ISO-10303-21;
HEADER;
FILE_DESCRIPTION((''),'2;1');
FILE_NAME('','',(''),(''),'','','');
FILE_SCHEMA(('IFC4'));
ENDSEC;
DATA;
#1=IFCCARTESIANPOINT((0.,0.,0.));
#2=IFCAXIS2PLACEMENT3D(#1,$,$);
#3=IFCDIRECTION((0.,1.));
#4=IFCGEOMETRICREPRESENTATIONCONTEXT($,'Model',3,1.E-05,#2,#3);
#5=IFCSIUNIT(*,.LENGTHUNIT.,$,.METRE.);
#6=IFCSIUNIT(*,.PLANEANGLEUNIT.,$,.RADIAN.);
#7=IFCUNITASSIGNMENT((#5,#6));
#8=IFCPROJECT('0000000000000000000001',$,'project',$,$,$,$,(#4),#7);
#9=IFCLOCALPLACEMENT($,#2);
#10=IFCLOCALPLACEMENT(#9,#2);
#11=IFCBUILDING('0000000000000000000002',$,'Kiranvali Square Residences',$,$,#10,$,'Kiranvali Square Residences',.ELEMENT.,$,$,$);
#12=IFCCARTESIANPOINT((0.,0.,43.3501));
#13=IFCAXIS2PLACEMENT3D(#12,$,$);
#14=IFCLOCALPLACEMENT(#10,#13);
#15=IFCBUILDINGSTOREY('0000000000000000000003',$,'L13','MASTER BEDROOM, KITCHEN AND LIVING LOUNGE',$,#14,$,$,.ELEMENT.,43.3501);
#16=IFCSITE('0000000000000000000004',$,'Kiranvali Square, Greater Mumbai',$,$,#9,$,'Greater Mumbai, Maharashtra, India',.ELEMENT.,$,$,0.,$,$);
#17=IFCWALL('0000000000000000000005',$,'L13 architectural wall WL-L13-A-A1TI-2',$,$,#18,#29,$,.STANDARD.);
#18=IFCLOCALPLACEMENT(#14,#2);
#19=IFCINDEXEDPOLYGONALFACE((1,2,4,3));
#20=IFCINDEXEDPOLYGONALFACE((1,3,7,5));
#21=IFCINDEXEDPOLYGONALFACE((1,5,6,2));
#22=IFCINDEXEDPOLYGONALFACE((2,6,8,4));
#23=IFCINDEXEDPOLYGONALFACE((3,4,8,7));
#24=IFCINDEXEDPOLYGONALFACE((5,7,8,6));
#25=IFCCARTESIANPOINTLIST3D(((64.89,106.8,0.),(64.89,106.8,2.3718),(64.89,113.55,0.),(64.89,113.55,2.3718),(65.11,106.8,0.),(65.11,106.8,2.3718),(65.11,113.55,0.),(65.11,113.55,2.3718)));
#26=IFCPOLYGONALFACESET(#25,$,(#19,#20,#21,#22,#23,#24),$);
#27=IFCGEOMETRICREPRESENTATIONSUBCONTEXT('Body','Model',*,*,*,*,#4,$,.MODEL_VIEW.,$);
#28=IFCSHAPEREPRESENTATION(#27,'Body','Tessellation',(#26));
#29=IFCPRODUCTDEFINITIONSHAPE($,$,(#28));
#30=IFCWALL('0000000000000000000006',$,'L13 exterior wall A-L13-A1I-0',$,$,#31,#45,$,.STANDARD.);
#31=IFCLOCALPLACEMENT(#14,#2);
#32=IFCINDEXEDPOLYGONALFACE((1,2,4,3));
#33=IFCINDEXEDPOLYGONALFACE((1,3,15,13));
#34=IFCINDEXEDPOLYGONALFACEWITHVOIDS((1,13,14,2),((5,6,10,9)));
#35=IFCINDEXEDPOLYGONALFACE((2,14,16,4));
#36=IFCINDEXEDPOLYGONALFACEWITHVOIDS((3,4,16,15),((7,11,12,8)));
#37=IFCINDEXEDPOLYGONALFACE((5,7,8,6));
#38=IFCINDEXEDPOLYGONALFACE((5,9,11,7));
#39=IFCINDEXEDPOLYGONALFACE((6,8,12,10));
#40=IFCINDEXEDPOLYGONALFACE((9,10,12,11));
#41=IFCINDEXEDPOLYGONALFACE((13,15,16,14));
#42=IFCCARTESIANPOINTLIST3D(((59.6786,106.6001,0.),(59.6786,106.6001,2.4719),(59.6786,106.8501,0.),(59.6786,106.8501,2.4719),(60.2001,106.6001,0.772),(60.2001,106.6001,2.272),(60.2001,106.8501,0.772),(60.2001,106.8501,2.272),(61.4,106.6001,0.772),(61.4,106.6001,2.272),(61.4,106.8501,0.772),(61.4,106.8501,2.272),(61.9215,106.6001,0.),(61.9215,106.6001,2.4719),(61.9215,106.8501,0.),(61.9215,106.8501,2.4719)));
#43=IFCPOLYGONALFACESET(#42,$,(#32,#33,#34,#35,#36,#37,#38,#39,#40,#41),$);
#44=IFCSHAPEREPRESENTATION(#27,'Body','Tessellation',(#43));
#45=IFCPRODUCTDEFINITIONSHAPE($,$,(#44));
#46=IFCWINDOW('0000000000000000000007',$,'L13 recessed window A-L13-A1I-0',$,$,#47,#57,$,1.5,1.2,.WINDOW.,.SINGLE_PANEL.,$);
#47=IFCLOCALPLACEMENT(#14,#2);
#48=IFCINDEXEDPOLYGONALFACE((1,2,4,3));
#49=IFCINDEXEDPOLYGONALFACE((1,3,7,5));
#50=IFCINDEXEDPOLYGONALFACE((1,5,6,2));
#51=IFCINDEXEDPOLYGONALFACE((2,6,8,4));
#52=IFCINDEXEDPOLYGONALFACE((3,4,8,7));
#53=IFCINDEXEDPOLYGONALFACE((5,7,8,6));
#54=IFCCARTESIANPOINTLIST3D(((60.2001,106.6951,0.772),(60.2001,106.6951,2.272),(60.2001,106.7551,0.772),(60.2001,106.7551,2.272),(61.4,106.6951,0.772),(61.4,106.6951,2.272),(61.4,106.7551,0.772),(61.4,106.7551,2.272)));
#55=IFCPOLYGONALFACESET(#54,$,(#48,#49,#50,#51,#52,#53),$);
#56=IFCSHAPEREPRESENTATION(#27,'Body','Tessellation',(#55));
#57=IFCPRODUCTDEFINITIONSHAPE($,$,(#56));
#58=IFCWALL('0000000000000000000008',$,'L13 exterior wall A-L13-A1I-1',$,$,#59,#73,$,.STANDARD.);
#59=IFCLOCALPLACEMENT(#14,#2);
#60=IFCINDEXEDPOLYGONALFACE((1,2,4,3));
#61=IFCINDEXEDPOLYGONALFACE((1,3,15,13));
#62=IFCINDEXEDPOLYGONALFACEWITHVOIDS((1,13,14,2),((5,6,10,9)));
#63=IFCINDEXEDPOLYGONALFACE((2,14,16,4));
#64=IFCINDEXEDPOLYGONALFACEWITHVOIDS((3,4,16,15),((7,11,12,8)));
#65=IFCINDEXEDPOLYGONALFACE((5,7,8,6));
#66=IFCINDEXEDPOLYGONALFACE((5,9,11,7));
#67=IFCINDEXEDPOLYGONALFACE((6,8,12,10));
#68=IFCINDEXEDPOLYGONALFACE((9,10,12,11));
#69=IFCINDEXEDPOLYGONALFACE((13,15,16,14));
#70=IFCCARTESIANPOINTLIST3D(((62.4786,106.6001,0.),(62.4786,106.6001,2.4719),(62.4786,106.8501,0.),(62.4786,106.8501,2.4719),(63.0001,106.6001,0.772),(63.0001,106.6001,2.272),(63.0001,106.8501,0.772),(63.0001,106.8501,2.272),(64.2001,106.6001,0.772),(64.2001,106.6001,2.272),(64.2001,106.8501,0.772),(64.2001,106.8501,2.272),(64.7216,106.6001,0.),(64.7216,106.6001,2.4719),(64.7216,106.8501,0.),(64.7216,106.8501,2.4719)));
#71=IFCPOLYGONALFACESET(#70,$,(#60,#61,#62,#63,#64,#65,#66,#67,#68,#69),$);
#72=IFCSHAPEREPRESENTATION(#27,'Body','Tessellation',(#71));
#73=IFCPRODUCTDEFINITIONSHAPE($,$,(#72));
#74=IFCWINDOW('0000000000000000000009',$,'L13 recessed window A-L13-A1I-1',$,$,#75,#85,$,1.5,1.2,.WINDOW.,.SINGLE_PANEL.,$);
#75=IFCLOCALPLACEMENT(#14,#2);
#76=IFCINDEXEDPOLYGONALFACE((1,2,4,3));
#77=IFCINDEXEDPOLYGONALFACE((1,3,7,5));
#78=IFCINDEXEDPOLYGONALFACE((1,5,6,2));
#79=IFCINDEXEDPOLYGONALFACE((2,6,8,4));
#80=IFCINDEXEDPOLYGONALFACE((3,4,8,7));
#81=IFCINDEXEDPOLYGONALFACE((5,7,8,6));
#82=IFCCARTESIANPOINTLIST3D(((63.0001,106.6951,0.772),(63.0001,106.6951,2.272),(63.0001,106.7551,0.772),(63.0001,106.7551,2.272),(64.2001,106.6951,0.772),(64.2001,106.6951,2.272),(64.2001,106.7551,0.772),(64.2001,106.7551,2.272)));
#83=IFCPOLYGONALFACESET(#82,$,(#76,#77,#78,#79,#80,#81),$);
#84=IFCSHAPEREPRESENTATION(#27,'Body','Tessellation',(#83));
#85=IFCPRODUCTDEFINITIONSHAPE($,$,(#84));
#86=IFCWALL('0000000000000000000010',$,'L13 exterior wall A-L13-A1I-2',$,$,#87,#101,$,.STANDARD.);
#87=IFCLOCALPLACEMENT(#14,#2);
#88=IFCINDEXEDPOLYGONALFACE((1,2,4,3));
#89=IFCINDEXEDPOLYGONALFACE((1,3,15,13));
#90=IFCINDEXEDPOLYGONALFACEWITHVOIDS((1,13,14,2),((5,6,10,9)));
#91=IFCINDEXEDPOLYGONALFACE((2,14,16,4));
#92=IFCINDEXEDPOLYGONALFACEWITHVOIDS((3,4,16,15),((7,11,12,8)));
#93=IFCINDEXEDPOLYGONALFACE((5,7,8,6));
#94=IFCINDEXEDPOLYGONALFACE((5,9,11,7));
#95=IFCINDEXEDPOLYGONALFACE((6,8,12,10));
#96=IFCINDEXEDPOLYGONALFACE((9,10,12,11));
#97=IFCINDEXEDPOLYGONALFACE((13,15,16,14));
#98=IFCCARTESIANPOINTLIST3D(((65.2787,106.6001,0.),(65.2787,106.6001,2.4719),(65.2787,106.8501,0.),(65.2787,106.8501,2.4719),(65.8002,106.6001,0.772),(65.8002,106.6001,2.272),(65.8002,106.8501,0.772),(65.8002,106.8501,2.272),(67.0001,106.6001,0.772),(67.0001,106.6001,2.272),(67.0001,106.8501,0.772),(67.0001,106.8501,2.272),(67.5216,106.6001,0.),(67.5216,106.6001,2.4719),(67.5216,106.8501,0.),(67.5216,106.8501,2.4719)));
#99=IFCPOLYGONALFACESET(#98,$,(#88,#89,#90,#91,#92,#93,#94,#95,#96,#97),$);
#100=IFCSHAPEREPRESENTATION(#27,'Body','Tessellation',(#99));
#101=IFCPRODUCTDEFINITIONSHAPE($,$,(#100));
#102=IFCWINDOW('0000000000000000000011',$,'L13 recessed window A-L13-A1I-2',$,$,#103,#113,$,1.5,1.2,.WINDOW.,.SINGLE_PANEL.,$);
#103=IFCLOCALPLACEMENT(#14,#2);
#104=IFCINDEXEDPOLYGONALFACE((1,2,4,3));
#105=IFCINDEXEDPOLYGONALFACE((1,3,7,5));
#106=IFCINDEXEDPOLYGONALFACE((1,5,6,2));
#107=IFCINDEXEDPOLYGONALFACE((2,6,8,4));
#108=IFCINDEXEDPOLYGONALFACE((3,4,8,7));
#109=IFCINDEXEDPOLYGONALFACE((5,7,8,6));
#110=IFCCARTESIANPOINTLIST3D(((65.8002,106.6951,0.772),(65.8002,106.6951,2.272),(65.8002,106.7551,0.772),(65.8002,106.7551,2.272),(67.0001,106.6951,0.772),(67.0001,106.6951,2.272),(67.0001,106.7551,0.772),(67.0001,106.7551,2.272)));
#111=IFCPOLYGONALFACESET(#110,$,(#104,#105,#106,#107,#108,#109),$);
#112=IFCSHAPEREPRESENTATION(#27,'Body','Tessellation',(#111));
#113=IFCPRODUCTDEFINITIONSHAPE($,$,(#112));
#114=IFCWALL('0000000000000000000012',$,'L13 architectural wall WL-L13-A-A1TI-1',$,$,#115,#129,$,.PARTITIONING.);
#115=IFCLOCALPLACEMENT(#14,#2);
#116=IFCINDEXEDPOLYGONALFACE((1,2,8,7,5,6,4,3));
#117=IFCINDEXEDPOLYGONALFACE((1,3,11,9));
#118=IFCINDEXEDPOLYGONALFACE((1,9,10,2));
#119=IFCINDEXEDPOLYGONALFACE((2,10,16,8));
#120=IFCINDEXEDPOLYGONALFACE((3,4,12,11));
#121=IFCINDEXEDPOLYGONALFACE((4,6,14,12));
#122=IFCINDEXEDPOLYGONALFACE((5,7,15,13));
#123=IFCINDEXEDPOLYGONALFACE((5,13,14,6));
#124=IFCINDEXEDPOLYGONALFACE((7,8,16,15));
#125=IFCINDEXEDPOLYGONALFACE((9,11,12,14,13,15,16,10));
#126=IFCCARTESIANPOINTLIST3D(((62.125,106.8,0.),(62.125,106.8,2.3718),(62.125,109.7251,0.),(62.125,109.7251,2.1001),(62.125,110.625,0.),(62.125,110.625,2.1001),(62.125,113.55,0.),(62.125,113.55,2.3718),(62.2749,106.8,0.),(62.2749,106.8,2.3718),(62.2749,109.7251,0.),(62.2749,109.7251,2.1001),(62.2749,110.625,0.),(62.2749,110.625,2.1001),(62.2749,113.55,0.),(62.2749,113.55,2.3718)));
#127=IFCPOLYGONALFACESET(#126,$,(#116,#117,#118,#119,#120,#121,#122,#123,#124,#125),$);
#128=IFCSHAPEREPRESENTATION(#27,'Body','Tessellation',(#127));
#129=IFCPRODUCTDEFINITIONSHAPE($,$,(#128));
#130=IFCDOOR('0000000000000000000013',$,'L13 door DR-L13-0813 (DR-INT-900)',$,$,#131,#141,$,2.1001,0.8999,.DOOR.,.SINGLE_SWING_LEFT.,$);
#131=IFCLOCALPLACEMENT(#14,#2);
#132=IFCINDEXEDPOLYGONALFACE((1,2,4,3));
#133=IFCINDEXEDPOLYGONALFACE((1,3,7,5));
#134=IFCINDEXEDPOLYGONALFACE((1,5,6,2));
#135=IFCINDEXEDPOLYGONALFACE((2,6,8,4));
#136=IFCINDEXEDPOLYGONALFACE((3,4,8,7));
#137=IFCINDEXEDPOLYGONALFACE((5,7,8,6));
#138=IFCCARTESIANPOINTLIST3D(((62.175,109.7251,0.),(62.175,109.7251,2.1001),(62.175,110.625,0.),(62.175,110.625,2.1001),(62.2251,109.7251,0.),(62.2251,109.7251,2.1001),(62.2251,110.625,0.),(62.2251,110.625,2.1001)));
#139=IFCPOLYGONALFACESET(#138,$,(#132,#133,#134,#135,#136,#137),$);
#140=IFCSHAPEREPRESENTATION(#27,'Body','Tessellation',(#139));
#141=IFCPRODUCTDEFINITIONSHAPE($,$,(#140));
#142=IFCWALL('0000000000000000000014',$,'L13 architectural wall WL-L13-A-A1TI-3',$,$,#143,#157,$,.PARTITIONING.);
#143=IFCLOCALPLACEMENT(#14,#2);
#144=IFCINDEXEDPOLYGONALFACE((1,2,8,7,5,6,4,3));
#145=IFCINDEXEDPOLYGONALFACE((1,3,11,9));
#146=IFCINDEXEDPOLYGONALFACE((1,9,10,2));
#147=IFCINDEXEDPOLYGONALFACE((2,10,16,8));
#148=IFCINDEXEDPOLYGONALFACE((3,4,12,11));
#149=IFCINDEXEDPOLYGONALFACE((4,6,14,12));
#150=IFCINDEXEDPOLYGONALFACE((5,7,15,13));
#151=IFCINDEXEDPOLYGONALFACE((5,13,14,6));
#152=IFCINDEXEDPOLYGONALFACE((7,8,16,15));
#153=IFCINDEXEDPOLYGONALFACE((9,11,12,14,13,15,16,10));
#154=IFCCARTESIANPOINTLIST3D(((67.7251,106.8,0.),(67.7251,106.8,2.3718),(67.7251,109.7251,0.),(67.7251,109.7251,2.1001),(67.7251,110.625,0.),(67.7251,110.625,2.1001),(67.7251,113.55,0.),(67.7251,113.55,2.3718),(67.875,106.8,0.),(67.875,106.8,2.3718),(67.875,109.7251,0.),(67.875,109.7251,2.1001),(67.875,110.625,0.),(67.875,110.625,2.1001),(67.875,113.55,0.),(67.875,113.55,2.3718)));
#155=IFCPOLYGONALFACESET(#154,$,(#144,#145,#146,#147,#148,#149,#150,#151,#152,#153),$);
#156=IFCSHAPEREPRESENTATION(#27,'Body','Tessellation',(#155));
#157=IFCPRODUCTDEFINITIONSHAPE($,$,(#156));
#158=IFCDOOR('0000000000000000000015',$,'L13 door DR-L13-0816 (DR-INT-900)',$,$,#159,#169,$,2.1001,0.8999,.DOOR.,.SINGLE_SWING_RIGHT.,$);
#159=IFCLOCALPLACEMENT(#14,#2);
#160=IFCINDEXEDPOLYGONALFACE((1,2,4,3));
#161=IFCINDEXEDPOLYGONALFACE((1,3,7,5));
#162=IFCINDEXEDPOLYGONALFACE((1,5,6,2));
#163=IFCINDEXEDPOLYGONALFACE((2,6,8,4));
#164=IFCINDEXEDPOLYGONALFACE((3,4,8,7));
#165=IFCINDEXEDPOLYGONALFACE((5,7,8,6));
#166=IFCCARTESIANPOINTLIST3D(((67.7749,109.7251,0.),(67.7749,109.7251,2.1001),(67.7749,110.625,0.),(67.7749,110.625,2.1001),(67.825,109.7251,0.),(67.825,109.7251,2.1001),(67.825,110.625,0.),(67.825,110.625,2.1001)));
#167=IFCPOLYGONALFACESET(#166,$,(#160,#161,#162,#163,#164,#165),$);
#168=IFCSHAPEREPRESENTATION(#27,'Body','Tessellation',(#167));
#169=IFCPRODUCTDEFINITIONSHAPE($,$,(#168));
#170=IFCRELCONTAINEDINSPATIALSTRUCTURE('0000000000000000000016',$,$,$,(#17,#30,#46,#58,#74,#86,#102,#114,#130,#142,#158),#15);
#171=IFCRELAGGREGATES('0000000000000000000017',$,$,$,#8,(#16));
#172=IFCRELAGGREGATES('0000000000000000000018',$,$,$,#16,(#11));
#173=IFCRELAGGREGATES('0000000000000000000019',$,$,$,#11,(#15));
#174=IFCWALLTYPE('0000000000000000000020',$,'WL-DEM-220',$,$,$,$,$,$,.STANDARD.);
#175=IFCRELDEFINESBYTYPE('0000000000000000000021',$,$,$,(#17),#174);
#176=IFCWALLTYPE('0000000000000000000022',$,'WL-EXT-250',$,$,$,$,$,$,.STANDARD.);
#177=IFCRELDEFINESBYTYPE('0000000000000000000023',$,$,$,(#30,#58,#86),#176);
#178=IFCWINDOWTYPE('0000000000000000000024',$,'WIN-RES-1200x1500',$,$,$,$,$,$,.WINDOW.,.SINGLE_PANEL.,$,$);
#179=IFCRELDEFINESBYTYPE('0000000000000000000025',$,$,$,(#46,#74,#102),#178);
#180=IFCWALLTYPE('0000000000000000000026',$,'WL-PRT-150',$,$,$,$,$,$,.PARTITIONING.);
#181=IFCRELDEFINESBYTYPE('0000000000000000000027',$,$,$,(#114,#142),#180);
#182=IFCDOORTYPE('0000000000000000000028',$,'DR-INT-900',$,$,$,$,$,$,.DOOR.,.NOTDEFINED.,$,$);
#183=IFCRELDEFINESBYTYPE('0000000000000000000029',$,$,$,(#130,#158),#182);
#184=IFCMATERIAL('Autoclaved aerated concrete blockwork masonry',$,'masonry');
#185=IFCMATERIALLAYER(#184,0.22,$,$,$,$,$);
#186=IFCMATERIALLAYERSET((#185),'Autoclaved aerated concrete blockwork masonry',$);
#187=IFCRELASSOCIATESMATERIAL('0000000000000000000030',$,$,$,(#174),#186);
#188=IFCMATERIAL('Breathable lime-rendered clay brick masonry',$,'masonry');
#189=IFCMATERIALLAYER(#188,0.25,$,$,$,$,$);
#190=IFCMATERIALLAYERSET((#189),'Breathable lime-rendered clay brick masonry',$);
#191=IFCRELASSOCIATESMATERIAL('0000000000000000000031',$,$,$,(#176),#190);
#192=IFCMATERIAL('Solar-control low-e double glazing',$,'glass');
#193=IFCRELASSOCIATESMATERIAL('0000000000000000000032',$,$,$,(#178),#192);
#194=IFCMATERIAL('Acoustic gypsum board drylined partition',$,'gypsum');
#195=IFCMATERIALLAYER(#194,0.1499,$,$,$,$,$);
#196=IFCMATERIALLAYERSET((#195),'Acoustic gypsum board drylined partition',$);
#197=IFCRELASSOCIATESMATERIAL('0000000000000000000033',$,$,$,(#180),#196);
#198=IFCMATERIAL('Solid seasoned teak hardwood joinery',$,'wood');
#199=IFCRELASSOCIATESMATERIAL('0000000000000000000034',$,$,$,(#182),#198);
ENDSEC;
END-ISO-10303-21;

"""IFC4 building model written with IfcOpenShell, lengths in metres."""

from ifc_helpers import new_model, si_unit, direction, frame, frame_2d, origin, place, context, subcontext, project, spatial, rectangle, extrude, material, layer, layer_set, type_object, element, fill, save


model = new_model("IFC4")

# Units and contexts
model_context = context("Model", 3, precision=1e-05, world=origin(), true_north=direction((0.0, 1.0)))
body_context = subcontext(model_context, "Body", "Model", "MODEL_VIEW")
ifc_project = project(units=[si_unit("LENGTHUNIT", "METRE"), si_unit("PLANEANGLEUNIT", "RADIAN")], contexts=[model_context])

# Site, building, storey
site_placement = place(None, origin())
site = spatial("IfcSite", under=ifc_project, at=site_placement, Name="Kiranvali Square, Greater Mumbai", LongName="Greater Mumbai, Maharashtra, India", CompositionType="ELEMENT", RefElevation=0.0)
building_placement = place(site_placement, origin())
building = spatial("IfcBuilding", under=site, at=building_placement, Name="Kiranvali Square Residences", LongName="Kiranvali Square Residences", CompositionType="ELEMENT")
storey_placement = place(building_placement, frame((0.0, 0.0, 43.3501)))
storey = spatial("IfcBuildingStorey", under=building, at=storey_placement, Name="L13", Description="MASTER BEDROOM, KITCHEN AND LIVING LOUNGE", CompositionType="ELEMENT", Elevation=43.3501)

# Shared definitions
ifc_material_1 = material(Name="Autoclaved aerated concrete blockwork masonry", Category="masonry")

# Wall
ifc_layer_1 = layer(ifc_material_1, 0.22)
ifc_layer_set_1 = layer_set([ifc_layer_1], Name="Autoclaved aerated concrete blockwork masonry")
wall_type_1 = type_object("IfcWallType", Name="WL-DEM-220", PredefinedType="STANDARD", material=ifc_layer_set_1)
wall_1_placement = place(storey_placement, frame((65.0, 106.8, 0.0), z_axis=(0.0, 0.0, 1.0), x_axis=(0.0, 1.0, 0.0)))
element("IfcWall", 1, at=wall_1_placement, inside=storey, type_object=wall_type_1, Name="L13 architectural wall WL-L13-A-A1TI-2", PredefinedType="STANDARD", context=body_context, shape_type="SweptSolid", body=[
    extrude(rectangle(XDim=6.75, YDim=0.22, at=frame_2d((3.375, 0.0))), origin(), (0.0, 0.0, 1.0), 2.3718),
])

# Walls, openings, windows
ifc_material_2 = material(Name="Breathable lime-rendered clay brick masonry", Category="masonry")
ifc_layer_2 = layer(ifc_material_2, 0.25)
ifc_layer_set_2 = layer_set([ifc_layer_2], Name="Breathable lime-rendered clay brick masonry")
wall_type_2 = type_object("IfcWallType", Name="WL-EXT-250", PredefinedType="STANDARD", material=ifc_layer_set_2)
wall_2_placement = place(storey_placement, frame((59.6785, 106.7251, 0.0), z_axis=(0.0, 0.0, 1.0), x_axis=(1.0, 0.0, 0.0)))
wall_2 = element("IfcWall", 2, at=wall_2_placement, inside=storey, type_object=wall_type_2, Name="L13 exterior wall A-L13-A1I-0", PredefinedType="STANDARD", context=body_context, shape_type="SweptSolid", body=[
    extrude(rectangle(XDim=2.2429, YDim=0.25, at=frame_2d((1.1216, 0.0))), origin(), (0.0, 0.0, 1.0), 2.4719),
])
opening_1_placement = place(wall_2_placement, frame((0.5215, 0.0, 0.772)))
opening_1 = element("IfcOpeningElement", 3, at=opening_1_placement, cuts=wall_2, PredefinedType="OPENING", context=body_context, shape_type="SweptSolid", body=[
    extrude(rectangle(XDim=1.2, YDim=1.5, at=frame_2d((0.6001, 0.75))), frame((0.0, 0.135, 0.0), z_axis=(0.0, -1.0, 0.0), x_axis=(1.0, 0.0, 0.0)), (0.0, 0.0, 1.0), 0.27),
])
ifc_material_3 = material(Name="Solar-control low-e double glazing", Category="glass")
window_type = type_object("IfcWindowType", Name="WIN-RES-1200x1500", PartitioningType="SINGLE_PANEL", PredefinedType="WINDOW", material=ifc_material_3)
window_1_placement = place(opening_1_placement, origin())
window_1 = element("IfcWindow", 4, at=window_1_placement, inside=storey, type_object=window_type, Name="L13 recessed window A-L13-A1I-0", OverallHeight=1.5, OverallWidth=1.2, PartitioningType="SINGLE_PANEL", PredefinedType="WINDOW", context=body_context, shape_type="SweptSolid", body=[
    extrude(rectangle(XDim=1.2, YDim=1.5, at=frame_2d((0.6001, 0.75))), frame((0.0, 0.03, 0.0), z_axis=(0.0, -1.0, 0.0), x_axis=(1.0, 0.0, 0.0)), (0.0, 0.0, 1.0), 0.0601),
])
fill(opening_1, window_1)
wall_3_placement = place(storey_placement, frame((62.4785, 106.7251, 0.0), z_axis=(0.0, 0.0, 1.0), x_axis=(1.0, 0.0, 0.0)))
wall_3 = element("IfcWall", 5, at=wall_3_placement, inside=storey, type_object=wall_type_2, Name="L13 exterior wall A-L13-A1I-1", PredefinedType="STANDARD", context=body_context, shape_type="SweptSolid", body=[
    extrude(rectangle(XDim=2.2429, YDim=0.25, at=frame_2d((1.1216, 0.0))), origin(), (0.0, 0.0, 1.0), 2.4719),
])
opening_2_placement = place(wall_3_placement, frame((0.5215, 0.0, 0.772)))
opening_2 = element("IfcOpeningElement", 6, at=opening_2_placement, cuts=wall_3, PredefinedType="OPENING", context=body_context, shape_type="SweptSolid", body=[
    extrude(rectangle(XDim=1.2, YDim=1.5, at=frame_2d((0.6001, 0.75))), frame((0.0, 0.135, 0.0), z_axis=(0.0, -1.0, 0.0), x_axis=(1.0, 0.0, 0.0)), (0.0, 0.0, 1.0), 0.27),
])
window_2_placement = place(opening_2_placement, origin())
window_2 = element("IfcWindow", 7, at=window_2_placement, inside=storey, type_object=window_type, Name="L13 recessed window A-L13-A1I-1", OverallHeight=1.5, OverallWidth=1.2, PartitioningType="SINGLE_PANEL", PredefinedType="WINDOW", context=body_context, shape_type="SweptSolid", body=[
    extrude(rectangle(XDim=1.2, YDim=1.5, at=frame_2d((0.6001, 0.75))), frame((0.0, 0.03, 0.0), z_axis=(0.0, -1.0, 0.0), x_axis=(1.0, 0.0, 0.0)), (0.0, 0.0, 1.0), 0.0601),
])
fill(opening_2, window_2)
wall_4_placement = place(storey_placement, frame((65.2786, 106.7251, 0.0), z_axis=(0.0, 0.0, 1.0), x_axis=(1.0, 0.0, 0.0)))
wall_4 = element("IfcWall", 8, at=wall_4_placement, inside=storey, type_object=wall_type_2, Name="L13 exterior wall A-L13-A1I-2", PredefinedType="STANDARD", context=body_context, shape_type="SweptSolid", body=[
    extrude(rectangle(XDim=2.2429, YDim=0.25, at=frame_2d((1.1216, 0.0))), origin(), (0.0, 0.0, 1.0), 2.4719),
])
opening_3_placement = place(wall_4_placement, frame((0.5215, 0.0, 0.772)))
opening_3 = element("IfcOpeningElement", 9, at=opening_3_placement, cuts=wall_4, PredefinedType="OPENING", context=body_context, shape_type="SweptSolid", body=[
    extrude(rectangle(XDim=1.2, YDim=1.5, at=frame_2d((0.6001, 0.75))), frame((0.0, 0.135, 0.0), z_axis=(0.0, -1.0, 0.0), x_axis=(1.0, 0.0, 0.0)), (0.0, 0.0, 1.0), 0.27),
])
window_3_placement = place(opening_3_placement, origin())
window_3 = element("IfcWindow", 10, at=window_3_placement, inside=storey, type_object=window_type, Name="L13 recessed window A-L13-A1I-2", OverallHeight=1.5, OverallWidth=1.2, PartitioningType="SINGLE_PANEL", PredefinedType="WINDOW", context=body_context, shape_type="SweptSolid", body=[
    extrude(rectangle(XDim=1.2, YDim=1.5, at=frame_2d((0.6001, 0.75))), frame((0.0, 0.03, 0.0), z_axis=(0.0, -1.0, 0.0), x_axis=(1.0, 0.0, 0.0)), (0.0, 0.0, 1.0), 0.0601),
])
fill(opening_3, window_3)

# Walls, openings, doors
ifc_material_4 = material(Name="Acoustic gypsum board drylined partition", Category="gypsum")
ifc_layer_3 = layer(ifc_material_4, 0.1499)
ifc_layer_set_3 = layer_set([ifc_layer_3], Name="Acoustic gypsum board drylined partition")
wall_type_3 = type_object("IfcWallType", Name="WL-PRT-150", PredefinedType="PARTITIONING", material=ifc_layer_set_3)
wall_5_placement = place(storey_placement, frame((62.2, 106.8, 0.0), z_axis=(0.0, 0.0, 1.0), x_axis=(0.0, 1.0, 0.0)))
wall_5 = element("IfcWall", 11, at=wall_5_placement, inside=storey, type_object=wall_type_3, Name="L13 architectural wall WL-L13-A-A1TI-1", PredefinedType="PARTITIONING", context=body_context, shape_type="SweptSolid", body=[
    extrude(rectangle(XDim=6.75, YDim=0.1499, at=frame_2d((3.375, 0.0))), origin(), (0.0, 0.0, 1.0), 2.3718),
])
opening_4_placement = place(wall_5_placement, frame((2.925, 0.0, 0.0)))
opening_4 = element("IfcOpeningElement", 12, at=opening_4_placement, cuts=wall_5, PredefinedType="OPENING", context=body_context, shape_type="SweptSolid", body=[
    extrude(rectangle(XDim=0.8999, YDim=2.1001, at=frame_2d((0.45, 1.05))), frame((0.0, 0.085, 0.0), z_axis=(0.0, -1.0, 0.0), x_axis=(1.0, 0.0, 0.0)), (0.0, 0.0, 1.0), 0.1699),
])
ifc_material_5 = material(Name="Solid seasoned teak hardwood joinery", Category="wood")
door_type_1 = type_object("IfcDoorType", Name="DR-INT-900", OperationType="NOTDEFINED", PredefinedType="DOOR", material=ifc_material_5)
door_1_placement = place(opening_4_placement, origin())
door_1 = element("IfcDoor", 13, at=door_1_placement, inside=storey, type_object=door_type_1, Name="L13 door DR-L13-0813 (DR-INT-900)", OperationType="SINGLE_SWING_LEFT", OverallHeight=2.1001, OverallWidth=0.8999, PredefinedType="DOOR", context=body_context, shape_type="SweptSolid", body=[
    extrude(rectangle(XDim=0.8999, YDim=2.1001, at=frame_2d((0.45, 1.05))), frame((0.0, 0.0249, 0.0), z_axis=(0.0, -1.0, 0.0), x_axis=(1.0, 0.0, 0.0)), (0.0, 0.0, 1.0), 0.05),
])
fill(opening_4, door_1)
wall_6_placement = place(storey_placement, frame((67.8, 106.8, 0.0), z_axis=(0.0, 0.0, 1.0), x_axis=(0.0, 1.0, 0.0)))
wall_6 = element("IfcWall", 14, at=wall_6_placement, inside=storey, type_object=wall_type_3, Name="L13 architectural wall WL-L13-A-A1TI-3", PredefinedType="PARTITIONING", context=body_context, shape_type="SweptSolid", body=[
    extrude(rectangle(XDim=6.75, YDim=0.1499, at=frame_2d((3.375, 0.0))), origin(), (0.0, 0.0, 1.0), 2.3718),
])
opening_5_placement = place(wall_6_placement, frame((2.925, 0.0, 0.0)))
opening_5 = element("IfcOpeningElement", 15, at=opening_5_placement, cuts=wall_6, PredefinedType="OPENING", context=body_context, shape_type="SweptSolid", body=[
    extrude(rectangle(XDim=0.8999, YDim=2.1001, at=frame_2d((0.45, 1.05))), frame((0.0, 0.085, 0.0), z_axis=(0.0, -1.0, 0.0), x_axis=(1.0, 0.0, 0.0)), (0.0, 0.0, 1.0), 0.1699),
])
door_2_placement = place(opening_5_placement, frame((0.8999, 0.0, 0.0), z_axis=(0.0, 0.0, 1.0), x_axis=(-1.0, 0.0, 0.0)))
door_2 = element("IfcDoor", 16, at=door_2_placement, inside=storey, type_object=door_type_1, Name="L13 door DR-L13-0816 (DR-INT-900)", OperationType="SINGLE_SWING_RIGHT", OverallHeight=2.1001, OverallWidth=0.8999, PredefinedType="DOOR", context=body_context, shape_type="SweptSolid", body=[
    extrude(rectangle(XDim=0.8999, YDim=2.1001, at=frame_2d((0.45, 1.05))), frame((0.0, 0.0249, 0.0), z_axis=(0.0, -1.0, 0.0), x_axis=(1.0, 0.0, 0.0)), (0.0, 0.0, 1.0), 0.05),
])
fill(opening_5, door_2)

save(model, "model.ifc")
